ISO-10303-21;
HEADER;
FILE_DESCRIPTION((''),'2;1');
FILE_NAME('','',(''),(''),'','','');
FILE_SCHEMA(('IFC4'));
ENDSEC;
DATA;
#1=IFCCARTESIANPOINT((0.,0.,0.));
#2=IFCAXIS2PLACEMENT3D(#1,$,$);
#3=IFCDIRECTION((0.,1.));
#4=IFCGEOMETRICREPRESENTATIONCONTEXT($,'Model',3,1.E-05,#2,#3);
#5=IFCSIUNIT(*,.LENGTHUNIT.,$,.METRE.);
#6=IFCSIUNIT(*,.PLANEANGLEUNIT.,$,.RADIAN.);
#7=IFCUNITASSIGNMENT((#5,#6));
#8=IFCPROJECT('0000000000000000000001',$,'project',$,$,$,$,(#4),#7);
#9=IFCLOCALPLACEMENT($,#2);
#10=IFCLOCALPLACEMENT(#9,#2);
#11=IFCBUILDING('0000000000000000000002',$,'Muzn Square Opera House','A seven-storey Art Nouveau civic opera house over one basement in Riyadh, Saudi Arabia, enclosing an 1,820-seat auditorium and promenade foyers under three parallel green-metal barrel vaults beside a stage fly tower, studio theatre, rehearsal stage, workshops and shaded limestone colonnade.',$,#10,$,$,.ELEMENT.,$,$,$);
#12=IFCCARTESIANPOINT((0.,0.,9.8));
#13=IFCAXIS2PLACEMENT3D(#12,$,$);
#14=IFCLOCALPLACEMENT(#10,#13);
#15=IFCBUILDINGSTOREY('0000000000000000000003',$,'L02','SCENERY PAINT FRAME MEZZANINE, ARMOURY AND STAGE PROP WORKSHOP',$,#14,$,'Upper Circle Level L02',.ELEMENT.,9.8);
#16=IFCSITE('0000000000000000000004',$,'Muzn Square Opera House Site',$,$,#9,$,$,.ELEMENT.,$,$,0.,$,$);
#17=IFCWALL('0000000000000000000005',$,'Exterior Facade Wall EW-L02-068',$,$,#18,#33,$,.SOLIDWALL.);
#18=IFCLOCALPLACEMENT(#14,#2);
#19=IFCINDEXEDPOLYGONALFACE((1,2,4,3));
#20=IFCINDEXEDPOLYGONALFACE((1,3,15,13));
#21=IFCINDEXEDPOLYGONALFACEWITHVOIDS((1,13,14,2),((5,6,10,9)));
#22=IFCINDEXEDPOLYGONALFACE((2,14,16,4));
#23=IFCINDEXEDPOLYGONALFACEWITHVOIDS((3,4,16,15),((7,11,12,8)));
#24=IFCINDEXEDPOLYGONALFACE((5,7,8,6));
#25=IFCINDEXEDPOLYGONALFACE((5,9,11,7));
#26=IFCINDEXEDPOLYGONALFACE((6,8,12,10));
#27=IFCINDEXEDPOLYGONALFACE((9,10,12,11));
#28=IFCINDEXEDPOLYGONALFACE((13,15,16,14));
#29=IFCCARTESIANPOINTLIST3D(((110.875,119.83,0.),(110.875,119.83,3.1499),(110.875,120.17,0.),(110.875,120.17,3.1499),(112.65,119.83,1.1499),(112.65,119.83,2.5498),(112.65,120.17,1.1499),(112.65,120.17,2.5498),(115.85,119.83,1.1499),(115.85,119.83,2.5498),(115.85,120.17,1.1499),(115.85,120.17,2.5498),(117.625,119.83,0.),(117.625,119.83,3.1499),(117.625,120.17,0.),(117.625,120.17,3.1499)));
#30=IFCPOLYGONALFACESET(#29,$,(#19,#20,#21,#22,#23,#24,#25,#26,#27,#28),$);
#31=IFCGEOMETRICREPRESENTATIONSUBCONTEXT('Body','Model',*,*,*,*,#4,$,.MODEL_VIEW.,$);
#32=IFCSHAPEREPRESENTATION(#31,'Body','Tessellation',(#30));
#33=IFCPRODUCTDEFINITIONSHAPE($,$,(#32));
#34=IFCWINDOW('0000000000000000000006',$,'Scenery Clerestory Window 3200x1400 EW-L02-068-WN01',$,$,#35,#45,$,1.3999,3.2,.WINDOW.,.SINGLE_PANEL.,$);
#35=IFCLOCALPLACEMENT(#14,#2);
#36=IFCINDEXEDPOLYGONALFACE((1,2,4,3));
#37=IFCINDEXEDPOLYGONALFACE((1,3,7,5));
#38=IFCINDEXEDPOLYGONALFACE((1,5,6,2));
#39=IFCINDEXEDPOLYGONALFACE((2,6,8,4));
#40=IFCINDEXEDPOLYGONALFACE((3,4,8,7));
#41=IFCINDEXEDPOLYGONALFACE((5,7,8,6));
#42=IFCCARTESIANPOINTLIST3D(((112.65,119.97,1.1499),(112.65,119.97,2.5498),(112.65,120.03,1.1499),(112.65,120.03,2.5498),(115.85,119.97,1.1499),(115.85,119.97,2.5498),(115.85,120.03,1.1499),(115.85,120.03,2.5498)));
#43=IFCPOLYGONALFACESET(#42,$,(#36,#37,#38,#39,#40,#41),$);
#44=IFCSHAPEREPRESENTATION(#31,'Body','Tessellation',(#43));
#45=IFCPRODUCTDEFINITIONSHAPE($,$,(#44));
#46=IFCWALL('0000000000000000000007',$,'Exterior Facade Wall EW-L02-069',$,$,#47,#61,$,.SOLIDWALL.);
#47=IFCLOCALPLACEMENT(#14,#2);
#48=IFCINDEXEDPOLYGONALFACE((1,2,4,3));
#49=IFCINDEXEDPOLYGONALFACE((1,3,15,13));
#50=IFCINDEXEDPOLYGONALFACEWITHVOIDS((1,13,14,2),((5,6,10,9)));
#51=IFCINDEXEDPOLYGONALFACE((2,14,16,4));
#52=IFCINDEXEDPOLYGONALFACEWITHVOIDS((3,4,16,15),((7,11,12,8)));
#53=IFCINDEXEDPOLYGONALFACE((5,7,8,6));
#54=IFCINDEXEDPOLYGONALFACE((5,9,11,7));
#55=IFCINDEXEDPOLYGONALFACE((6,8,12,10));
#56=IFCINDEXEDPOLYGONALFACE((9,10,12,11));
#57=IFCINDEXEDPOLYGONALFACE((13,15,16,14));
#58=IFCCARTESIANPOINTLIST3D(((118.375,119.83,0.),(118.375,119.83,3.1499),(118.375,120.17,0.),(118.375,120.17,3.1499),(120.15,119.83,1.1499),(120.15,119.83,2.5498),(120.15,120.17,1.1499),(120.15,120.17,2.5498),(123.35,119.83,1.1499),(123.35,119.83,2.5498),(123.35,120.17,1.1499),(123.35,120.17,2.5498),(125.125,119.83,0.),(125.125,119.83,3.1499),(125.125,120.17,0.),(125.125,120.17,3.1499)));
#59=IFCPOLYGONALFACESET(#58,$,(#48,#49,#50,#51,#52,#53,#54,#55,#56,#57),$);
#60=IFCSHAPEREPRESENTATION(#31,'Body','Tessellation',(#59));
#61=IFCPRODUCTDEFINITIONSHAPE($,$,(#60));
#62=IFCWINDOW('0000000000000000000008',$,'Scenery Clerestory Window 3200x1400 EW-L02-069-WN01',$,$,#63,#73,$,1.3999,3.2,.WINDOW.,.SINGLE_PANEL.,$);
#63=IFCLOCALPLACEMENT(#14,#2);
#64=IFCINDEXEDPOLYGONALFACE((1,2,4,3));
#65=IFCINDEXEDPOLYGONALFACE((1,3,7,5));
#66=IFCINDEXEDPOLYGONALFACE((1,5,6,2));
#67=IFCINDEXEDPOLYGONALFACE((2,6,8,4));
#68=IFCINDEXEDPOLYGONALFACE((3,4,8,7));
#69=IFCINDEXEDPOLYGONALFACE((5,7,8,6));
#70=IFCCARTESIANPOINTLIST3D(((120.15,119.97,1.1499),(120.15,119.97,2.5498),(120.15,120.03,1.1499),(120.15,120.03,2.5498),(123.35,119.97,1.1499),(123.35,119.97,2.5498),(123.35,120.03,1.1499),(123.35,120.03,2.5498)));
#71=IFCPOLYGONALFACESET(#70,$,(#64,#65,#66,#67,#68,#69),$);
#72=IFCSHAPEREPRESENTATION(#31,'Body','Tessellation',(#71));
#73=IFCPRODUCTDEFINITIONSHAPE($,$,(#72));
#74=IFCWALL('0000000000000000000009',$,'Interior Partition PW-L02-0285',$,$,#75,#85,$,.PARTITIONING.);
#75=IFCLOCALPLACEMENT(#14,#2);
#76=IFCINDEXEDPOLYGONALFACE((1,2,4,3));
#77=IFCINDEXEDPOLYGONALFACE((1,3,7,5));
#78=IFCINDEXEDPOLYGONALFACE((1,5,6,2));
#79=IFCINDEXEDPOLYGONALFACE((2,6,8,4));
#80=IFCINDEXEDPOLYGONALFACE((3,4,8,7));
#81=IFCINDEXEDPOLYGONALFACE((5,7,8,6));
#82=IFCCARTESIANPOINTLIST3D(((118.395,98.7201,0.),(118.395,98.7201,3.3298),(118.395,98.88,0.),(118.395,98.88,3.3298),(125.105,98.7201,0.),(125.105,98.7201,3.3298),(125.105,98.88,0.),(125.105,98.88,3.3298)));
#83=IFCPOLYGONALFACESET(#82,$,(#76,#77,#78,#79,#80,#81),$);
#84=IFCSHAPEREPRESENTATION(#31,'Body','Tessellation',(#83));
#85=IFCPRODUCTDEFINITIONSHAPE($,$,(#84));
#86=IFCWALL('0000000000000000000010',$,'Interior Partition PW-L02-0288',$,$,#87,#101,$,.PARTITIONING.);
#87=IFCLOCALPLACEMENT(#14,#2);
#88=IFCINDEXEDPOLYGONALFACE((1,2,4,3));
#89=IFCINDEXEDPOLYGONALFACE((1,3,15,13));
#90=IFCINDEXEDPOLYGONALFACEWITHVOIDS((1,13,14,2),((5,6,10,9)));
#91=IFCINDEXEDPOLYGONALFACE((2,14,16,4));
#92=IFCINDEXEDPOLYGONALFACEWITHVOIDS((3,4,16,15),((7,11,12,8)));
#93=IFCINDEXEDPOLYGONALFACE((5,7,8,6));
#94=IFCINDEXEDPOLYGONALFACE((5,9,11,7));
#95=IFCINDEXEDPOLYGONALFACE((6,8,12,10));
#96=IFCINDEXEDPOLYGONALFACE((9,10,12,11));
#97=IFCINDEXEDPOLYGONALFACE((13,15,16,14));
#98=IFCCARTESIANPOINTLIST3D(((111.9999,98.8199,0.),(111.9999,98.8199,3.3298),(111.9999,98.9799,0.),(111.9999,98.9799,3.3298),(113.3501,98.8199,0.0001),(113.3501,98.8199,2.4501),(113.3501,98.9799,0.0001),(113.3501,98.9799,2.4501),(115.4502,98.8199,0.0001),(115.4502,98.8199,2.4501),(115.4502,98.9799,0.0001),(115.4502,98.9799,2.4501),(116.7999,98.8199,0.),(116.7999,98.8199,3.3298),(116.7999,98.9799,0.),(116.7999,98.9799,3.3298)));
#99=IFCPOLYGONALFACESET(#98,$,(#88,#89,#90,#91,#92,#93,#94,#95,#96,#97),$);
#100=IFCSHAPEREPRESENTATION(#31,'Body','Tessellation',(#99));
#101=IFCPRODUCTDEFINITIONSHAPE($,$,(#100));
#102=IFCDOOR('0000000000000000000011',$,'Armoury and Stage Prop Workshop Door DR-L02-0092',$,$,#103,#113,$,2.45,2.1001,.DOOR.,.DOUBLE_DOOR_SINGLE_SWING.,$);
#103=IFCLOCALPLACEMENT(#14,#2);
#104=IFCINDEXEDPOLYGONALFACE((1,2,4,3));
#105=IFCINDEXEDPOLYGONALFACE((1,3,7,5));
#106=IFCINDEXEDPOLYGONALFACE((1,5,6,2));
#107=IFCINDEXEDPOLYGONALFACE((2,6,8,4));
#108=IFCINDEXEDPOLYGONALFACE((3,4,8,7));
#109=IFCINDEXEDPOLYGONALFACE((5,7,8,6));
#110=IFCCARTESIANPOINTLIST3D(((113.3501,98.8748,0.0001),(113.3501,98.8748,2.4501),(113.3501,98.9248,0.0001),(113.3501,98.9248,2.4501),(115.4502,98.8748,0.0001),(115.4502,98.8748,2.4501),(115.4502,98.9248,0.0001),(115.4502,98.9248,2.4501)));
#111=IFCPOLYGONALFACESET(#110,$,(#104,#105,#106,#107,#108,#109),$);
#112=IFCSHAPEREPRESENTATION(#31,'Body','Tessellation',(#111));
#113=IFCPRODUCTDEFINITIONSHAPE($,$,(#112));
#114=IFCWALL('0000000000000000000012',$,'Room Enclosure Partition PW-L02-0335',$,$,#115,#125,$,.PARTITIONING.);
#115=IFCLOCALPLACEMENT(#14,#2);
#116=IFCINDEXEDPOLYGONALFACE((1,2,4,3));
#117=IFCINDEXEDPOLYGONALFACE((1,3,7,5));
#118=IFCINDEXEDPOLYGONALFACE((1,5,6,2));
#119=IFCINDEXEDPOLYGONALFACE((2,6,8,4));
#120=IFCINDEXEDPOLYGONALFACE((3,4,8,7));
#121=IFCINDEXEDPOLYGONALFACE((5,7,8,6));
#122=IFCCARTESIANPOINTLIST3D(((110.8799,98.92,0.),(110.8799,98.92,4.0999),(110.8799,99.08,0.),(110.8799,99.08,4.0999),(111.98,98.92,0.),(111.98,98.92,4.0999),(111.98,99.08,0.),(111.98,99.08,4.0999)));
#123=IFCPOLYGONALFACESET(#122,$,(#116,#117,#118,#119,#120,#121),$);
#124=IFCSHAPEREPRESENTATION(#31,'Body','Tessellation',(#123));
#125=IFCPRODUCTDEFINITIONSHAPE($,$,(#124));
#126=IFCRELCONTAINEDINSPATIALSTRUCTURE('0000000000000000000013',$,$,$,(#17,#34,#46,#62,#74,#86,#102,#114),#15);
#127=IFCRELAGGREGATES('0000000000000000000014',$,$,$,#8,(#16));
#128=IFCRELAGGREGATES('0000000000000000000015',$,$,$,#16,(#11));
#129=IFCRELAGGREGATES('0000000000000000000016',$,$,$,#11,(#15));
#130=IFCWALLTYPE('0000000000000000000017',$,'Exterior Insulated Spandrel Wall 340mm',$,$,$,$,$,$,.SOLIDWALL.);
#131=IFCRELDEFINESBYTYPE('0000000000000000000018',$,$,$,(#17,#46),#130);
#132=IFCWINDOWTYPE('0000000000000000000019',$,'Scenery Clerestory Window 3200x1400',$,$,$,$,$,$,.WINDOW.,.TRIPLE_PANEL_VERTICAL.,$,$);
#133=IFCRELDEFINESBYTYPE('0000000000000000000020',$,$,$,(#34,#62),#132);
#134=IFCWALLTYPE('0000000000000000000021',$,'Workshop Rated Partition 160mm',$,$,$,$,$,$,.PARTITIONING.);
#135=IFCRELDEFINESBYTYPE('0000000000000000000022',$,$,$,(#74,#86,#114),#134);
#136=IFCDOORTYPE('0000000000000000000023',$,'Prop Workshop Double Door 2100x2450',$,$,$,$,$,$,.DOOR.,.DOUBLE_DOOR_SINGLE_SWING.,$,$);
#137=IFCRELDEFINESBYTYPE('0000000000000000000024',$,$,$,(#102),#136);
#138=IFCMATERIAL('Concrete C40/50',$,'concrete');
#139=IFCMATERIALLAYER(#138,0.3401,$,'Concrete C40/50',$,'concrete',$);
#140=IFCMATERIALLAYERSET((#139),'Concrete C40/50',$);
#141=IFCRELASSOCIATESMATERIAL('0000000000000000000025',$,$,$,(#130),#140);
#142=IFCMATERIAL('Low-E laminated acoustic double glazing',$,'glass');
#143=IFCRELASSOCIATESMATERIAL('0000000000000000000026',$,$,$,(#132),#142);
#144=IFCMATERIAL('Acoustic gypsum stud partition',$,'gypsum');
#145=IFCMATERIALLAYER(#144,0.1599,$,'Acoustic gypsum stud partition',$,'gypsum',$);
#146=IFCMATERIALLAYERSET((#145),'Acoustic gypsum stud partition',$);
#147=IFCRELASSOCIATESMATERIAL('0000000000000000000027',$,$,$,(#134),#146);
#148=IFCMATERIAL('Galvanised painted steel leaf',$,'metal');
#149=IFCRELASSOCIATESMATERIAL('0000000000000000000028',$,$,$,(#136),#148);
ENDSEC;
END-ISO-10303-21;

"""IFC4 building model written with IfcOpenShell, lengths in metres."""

from ifc_helpers import new_model, si_unit, direction, frame, frame_2d, origin, place, context, subcontext, project, spatial, rectangle, extrude, material, layer, layer_set, type_object, element, fill, save


model = new_model("IFC4")

# Units and contexts
model_context = context("Model", 3, precision=1e-05, world=origin(), true_north=direction((0.0, 1.0)))
body_context = subcontext(model_context, "Body", "Model", "MODEL_VIEW")
ifc_project = project(units=[si_unit("LENGTHUNIT", "METRE"), si_unit("PLANEANGLEUNIT", "RADIAN")], contexts=[model_context])

# Site, building, storey
site_placement = place(None, origin())
site = spatial("IfcSite", under=ifc_project, at=site_placement, Name="Muzn Square Opera House Site", CompositionType="ELEMENT", RefElevation=0.0)
building_placement = place(site_placement, origin())
building = spatial("IfcBuilding", under=site, at=building_placement, Name="Muzn Square Opera House", Description="A seven-storey Art Nouveau civic opera house over one basement in Riyadh, Saudi Arabia, enclosing an 1,820-seat auditorium and promenade foyers under three parallel green-metal barrel vaults beside a stage fly tower, studio theatre, rehearsal stage, workshops and shaded limestone colonnade.", CompositionType="ELEMENT")
storey_placement = place(building_placement, frame((0.0, 0.0, 9.8)))
storey = spatial("IfcBuildingStorey", under=building, at=storey_placement, Name="L02", Description="SCENERY PAINT FRAME MEZZANINE, ARMOURY AND STAGE PROP WORKSHOP", LongName="Upper Circle Level L02", CompositionType="ELEMENT", Elevation=9.8)

# Shared definitions
ifc_material_1 = material(Name="Concrete C40/50", Category="concrete")

# Walls, openings, windows
ifc_layer_1 = layer(ifc_material_1, 0.3401, Name="Concrete C40/50", Category="concrete")
ifc_layer_set_1 = layer_set([ifc_layer_1], Name="Concrete C40/50")
wall_type_1 = type_object("IfcWallType", Name="Exterior Insulated Spandrel Wall 340mm", PredefinedType="SOLIDWALL", material=ifc_layer_set_1)
wall_1_placement = place(storey_placement, frame((110.875, 120.0, 0.0), z_axis=(0.0, 0.0, 1.0), x_axis=(1.0, 0.0, 0.0)))
wall_1 = element("IfcWall", 1, at=wall_1_placement, inside=storey, type_object=wall_type_1, Name="Exterior Facade Wall EW-L02-068", PredefinedType="SOLIDWALL", context=body_context, shape_type="SweptSolid", body=[
    extrude(rectangle(XDim=6.75, YDim=0.3401, at=frame_2d((3.375, 0.0))), origin(), (0.0, 0.0, 1.0), 3.1499),
])
opening_1_placement = place(wall_1_placement, frame((1.7749, 0.0, 1.1499)))
opening_1 = element("IfcOpeningElement", 2, at=opening_1_placement, cuts=wall_1, PredefinedType="OPENING", context=body_context, shape_type="SweptSolid", body=[
    extrude(rectangle(XDim=3.2, YDim=1.3999, at=frame_2d((1.6001, 0.7))), frame((0.0, 0.1799, 0.0), z_axis=(0.0, -1.0, 0.0), x_axis=(1.0, 0.0, 0.0)), (0.0, 0.0, 1.0), 0.3601),
])
ifc_material_2 = material(Name="Low-E laminated acoustic double glazing", Category="glass")
window_type = type_object("IfcWindowType", Name="Scenery Clerestory Window 3200x1400", PartitioningType="TRIPLE_PANEL_VERTICAL", PredefinedType="WINDOW", material=ifc_material_2)
window_1_placement = place(opening_1_placement, origin())
window_1 = element("IfcWindow", 3, at=window_1_placement, inside=storey, type_object=window_type, Name="Scenery Clerestory Window 3200x1400 EW-L02-068-WN01", OverallHeight=1.3999, OverallWidth=3.2, PartitioningType="SINGLE_PANEL", PredefinedType="WINDOW", context=body_context, shape_type="SweptSolid", body=[
    extrude(rectangle(XDim=3.2, YDim=1.3999, at=frame_2d((1.6001, 0.7))), frame((0.0, 0.03, 0.0), z_axis=(0.0, -1.0, 0.0), x_axis=(1.0, 0.0, 0.0)), (0.0, 0.0, 1.0), 0.0601),
])
fill(opening_1, window_1)
wall_2_placement = place(storey_placement, frame((118.375, 120.0, 0.0), z_axis=(0.0, 0.0, 1.0), x_axis=(1.0, 0.0, 0.0)))
wall_2 = element("IfcWall", 4, at=wall_2_placement, inside=storey, type_object=wall_type_1, Name="Exterior Facade Wall EW-L02-069", PredefinedType="SOLIDWALL", context=body_context, shape_type="SweptSolid", body=[
    extrude(rectangle(XDim=6.75, YDim=0.3401, at=frame_2d((3.375, 0.0))), origin(), (0.0, 0.0, 1.0), 3.1499),
])
opening_2_placement = place(wall_2_placement, frame((1.7749, 0.0, 1.1499)))
opening_2 = element("IfcOpeningElement", 5, at=opening_2_placement, cuts=wall_2, PredefinedType="OPENING", context=body_context, shape_type="SweptSolid", body=[
    extrude(rectangle(XDim=3.2, YDim=1.3999, at=frame_2d((1.6001, 0.7))), frame((0.0, 0.1799, 0.0), z_axis=(0.0, -1.0, 0.0), x_axis=(1.0, 0.0, 0.0)), (0.0, 0.0, 1.0), 0.3601),
])
window_2_placement = place(opening_2_placement, origin())
window_2 = element("IfcWindow", 6, at=window_2_placement, inside=storey, type_object=window_type, Name="Scenery Clerestory Window 3200x1400 EW-L02-069-WN01", OverallHeight=1.3999, OverallWidth=3.2, PartitioningType="SINGLE_PANEL", PredefinedType="WINDOW", context=body_context, shape_type="SweptSolid", body=[
    extrude(rectangle(XDim=3.2, YDim=1.3999, at=frame_2d((1.6001, 0.7))), frame((0.0, 0.03, 0.0), z_axis=(0.0, -1.0, 0.0), x_axis=(1.0, 0.0, 0.0)), (0.0, 0.0, 1.0), 0.0601),
])
fill(opening_2, window_2)

# Wall
ifc_material_3 = material(Name="Acoustic gypsum stud partition", Category="gypsum")
ifc_layer_2 = layer(ifc_material_3, 0.1599, Name="Acoustic gypsum stud partition", Category="gypsum")
ifc_layer_set_2 = layer_set([ifc_layer_2], Name="Acoustic gypsum stud partition")
wall_type_2 = type_object("IfcWallType", Name="Workshop Rated Partition 160mm", PredefinedType="PARTITIONING", material=ifc_layer_set_2)
wall_3_placement = place(storey_placement, frame((118.395, 98.8, 0.0), z_axis=(0.0, 0.0, 1.0), x_axis=(1.0, 0.0, 0.0)))
element("IfcWall", 7, at=wall_3_placement, inside=storey, type_object=wall_type_2, Name="Interior Partition PW-L02-0285", PredefinedType="PARTITIONING", context=body_context, shape_type="SweptSolid", body=[
    extrude(rectangle(XDim=6.71, YDim=0.1599, at=frame_2d((3.355, 0.0))), origin(), (0.0, 0.0, 1.0), 3.3298),
])

# Wall, opening, door
wall_4_placement = place(storey_placement, frame((112.0, 98.8999, 0.0), z_axis=(0.0, 0.0, 1.0), x_axis=(1.0, 0.0, 0.0)))
wall_4 = element("IfcWall", 8, at=wall_4_placement, inside=storey, type_object=wall_type_2, Name="Interior Partition PW-L02-0288", PredefinedType="PARTITIONING", context=body_context, shape_type="SweptSolid", body=[
    extrude(rectangle(XDim=4.8, YDim=0.1599, at=frame_2d((2.3999, 0.0))), origin(), (0.0, 0.0, 1.0), 3.3298),
])
opening_3_placement = place(wall_4_placement, frame((1.3501, 0.0, 0.0)))
opening_3 = element("IfcOpeningElement", 9, at=opening_3_placement, cuts=wall_4, PredefinedType="OPENING", context=body_context, shape_type="SweptSolid", body=[
    extrude(rectangle(XDim=2.1001, YDim=2.45, at=frame_2d((1.05, 1.2251))), frame((0.0, 0.0898, 0.0), z_axis=(0.0, -1.0, 0.0), x_axis=(1.0, 0.0, 0.0)), (0.0, 0.0, 1.0), 0.1799),
])
ifc_material_4 = material(Name="Galvanised painted steel leaf", Category="metal")
door_type = type_object("IfcDoorType", Name="Prop Workshop Double Door 2100x2450", OperationType="DOUBLE_DOOR_SINGLE_SWING", PredefinedType="DOOR", material=ifc_material_4)
door_placement = place(opening_3_placement, origin())
door = element("IfcDoor", 10, at=door_placement, inside=storey, type_object=door_type, Name="Armoury and Stage Prop Workshop Door DR-L02-0092", OperationType="DOUBLE_DOOR_SINGLE_SWING", OverallHeight=2.45, OverallWidth=2.1001, PredefinedType="DOOR", context=body_context, shape_type="SweptSolid", body=[
    extrude(rectangle(XDim=2.1001, YDim=2.45, at=frame_2d((1.05, 1.2251))), frame((0.0, 0.0249, 0.0), z_axis=(0.0, -1.0, 0.0), x_axis=(1.0, 0.0, 0.0)), (0.0, 0.0, 1.0), 0.05),
])
fill(opening_3, door)

# Wall
wall_5_placement = place(storey_placement, frame((110.8799, 99.0, 0.0), z_axis=(0.0, 0.0, 1.0), x_axis=(1.0, 0.0, 0.0)))
element("IfcWall", 11, at=wall_5_placement, inside=storey, type_object=wall_type_2, Name="Room Enclosure Partition PW-L02-0335", PredefinedType="PARTITIONING", context=body_context, shape_type="SweptSolid", body=[
    extrude(rectangle(XDim=1.1001, YDim=0.1599, at=frame_2d((0.55, 0.0))), origin(), (0.0, 0.0, 1.0), 4.0999),
])

save(model, "model.ifc")
